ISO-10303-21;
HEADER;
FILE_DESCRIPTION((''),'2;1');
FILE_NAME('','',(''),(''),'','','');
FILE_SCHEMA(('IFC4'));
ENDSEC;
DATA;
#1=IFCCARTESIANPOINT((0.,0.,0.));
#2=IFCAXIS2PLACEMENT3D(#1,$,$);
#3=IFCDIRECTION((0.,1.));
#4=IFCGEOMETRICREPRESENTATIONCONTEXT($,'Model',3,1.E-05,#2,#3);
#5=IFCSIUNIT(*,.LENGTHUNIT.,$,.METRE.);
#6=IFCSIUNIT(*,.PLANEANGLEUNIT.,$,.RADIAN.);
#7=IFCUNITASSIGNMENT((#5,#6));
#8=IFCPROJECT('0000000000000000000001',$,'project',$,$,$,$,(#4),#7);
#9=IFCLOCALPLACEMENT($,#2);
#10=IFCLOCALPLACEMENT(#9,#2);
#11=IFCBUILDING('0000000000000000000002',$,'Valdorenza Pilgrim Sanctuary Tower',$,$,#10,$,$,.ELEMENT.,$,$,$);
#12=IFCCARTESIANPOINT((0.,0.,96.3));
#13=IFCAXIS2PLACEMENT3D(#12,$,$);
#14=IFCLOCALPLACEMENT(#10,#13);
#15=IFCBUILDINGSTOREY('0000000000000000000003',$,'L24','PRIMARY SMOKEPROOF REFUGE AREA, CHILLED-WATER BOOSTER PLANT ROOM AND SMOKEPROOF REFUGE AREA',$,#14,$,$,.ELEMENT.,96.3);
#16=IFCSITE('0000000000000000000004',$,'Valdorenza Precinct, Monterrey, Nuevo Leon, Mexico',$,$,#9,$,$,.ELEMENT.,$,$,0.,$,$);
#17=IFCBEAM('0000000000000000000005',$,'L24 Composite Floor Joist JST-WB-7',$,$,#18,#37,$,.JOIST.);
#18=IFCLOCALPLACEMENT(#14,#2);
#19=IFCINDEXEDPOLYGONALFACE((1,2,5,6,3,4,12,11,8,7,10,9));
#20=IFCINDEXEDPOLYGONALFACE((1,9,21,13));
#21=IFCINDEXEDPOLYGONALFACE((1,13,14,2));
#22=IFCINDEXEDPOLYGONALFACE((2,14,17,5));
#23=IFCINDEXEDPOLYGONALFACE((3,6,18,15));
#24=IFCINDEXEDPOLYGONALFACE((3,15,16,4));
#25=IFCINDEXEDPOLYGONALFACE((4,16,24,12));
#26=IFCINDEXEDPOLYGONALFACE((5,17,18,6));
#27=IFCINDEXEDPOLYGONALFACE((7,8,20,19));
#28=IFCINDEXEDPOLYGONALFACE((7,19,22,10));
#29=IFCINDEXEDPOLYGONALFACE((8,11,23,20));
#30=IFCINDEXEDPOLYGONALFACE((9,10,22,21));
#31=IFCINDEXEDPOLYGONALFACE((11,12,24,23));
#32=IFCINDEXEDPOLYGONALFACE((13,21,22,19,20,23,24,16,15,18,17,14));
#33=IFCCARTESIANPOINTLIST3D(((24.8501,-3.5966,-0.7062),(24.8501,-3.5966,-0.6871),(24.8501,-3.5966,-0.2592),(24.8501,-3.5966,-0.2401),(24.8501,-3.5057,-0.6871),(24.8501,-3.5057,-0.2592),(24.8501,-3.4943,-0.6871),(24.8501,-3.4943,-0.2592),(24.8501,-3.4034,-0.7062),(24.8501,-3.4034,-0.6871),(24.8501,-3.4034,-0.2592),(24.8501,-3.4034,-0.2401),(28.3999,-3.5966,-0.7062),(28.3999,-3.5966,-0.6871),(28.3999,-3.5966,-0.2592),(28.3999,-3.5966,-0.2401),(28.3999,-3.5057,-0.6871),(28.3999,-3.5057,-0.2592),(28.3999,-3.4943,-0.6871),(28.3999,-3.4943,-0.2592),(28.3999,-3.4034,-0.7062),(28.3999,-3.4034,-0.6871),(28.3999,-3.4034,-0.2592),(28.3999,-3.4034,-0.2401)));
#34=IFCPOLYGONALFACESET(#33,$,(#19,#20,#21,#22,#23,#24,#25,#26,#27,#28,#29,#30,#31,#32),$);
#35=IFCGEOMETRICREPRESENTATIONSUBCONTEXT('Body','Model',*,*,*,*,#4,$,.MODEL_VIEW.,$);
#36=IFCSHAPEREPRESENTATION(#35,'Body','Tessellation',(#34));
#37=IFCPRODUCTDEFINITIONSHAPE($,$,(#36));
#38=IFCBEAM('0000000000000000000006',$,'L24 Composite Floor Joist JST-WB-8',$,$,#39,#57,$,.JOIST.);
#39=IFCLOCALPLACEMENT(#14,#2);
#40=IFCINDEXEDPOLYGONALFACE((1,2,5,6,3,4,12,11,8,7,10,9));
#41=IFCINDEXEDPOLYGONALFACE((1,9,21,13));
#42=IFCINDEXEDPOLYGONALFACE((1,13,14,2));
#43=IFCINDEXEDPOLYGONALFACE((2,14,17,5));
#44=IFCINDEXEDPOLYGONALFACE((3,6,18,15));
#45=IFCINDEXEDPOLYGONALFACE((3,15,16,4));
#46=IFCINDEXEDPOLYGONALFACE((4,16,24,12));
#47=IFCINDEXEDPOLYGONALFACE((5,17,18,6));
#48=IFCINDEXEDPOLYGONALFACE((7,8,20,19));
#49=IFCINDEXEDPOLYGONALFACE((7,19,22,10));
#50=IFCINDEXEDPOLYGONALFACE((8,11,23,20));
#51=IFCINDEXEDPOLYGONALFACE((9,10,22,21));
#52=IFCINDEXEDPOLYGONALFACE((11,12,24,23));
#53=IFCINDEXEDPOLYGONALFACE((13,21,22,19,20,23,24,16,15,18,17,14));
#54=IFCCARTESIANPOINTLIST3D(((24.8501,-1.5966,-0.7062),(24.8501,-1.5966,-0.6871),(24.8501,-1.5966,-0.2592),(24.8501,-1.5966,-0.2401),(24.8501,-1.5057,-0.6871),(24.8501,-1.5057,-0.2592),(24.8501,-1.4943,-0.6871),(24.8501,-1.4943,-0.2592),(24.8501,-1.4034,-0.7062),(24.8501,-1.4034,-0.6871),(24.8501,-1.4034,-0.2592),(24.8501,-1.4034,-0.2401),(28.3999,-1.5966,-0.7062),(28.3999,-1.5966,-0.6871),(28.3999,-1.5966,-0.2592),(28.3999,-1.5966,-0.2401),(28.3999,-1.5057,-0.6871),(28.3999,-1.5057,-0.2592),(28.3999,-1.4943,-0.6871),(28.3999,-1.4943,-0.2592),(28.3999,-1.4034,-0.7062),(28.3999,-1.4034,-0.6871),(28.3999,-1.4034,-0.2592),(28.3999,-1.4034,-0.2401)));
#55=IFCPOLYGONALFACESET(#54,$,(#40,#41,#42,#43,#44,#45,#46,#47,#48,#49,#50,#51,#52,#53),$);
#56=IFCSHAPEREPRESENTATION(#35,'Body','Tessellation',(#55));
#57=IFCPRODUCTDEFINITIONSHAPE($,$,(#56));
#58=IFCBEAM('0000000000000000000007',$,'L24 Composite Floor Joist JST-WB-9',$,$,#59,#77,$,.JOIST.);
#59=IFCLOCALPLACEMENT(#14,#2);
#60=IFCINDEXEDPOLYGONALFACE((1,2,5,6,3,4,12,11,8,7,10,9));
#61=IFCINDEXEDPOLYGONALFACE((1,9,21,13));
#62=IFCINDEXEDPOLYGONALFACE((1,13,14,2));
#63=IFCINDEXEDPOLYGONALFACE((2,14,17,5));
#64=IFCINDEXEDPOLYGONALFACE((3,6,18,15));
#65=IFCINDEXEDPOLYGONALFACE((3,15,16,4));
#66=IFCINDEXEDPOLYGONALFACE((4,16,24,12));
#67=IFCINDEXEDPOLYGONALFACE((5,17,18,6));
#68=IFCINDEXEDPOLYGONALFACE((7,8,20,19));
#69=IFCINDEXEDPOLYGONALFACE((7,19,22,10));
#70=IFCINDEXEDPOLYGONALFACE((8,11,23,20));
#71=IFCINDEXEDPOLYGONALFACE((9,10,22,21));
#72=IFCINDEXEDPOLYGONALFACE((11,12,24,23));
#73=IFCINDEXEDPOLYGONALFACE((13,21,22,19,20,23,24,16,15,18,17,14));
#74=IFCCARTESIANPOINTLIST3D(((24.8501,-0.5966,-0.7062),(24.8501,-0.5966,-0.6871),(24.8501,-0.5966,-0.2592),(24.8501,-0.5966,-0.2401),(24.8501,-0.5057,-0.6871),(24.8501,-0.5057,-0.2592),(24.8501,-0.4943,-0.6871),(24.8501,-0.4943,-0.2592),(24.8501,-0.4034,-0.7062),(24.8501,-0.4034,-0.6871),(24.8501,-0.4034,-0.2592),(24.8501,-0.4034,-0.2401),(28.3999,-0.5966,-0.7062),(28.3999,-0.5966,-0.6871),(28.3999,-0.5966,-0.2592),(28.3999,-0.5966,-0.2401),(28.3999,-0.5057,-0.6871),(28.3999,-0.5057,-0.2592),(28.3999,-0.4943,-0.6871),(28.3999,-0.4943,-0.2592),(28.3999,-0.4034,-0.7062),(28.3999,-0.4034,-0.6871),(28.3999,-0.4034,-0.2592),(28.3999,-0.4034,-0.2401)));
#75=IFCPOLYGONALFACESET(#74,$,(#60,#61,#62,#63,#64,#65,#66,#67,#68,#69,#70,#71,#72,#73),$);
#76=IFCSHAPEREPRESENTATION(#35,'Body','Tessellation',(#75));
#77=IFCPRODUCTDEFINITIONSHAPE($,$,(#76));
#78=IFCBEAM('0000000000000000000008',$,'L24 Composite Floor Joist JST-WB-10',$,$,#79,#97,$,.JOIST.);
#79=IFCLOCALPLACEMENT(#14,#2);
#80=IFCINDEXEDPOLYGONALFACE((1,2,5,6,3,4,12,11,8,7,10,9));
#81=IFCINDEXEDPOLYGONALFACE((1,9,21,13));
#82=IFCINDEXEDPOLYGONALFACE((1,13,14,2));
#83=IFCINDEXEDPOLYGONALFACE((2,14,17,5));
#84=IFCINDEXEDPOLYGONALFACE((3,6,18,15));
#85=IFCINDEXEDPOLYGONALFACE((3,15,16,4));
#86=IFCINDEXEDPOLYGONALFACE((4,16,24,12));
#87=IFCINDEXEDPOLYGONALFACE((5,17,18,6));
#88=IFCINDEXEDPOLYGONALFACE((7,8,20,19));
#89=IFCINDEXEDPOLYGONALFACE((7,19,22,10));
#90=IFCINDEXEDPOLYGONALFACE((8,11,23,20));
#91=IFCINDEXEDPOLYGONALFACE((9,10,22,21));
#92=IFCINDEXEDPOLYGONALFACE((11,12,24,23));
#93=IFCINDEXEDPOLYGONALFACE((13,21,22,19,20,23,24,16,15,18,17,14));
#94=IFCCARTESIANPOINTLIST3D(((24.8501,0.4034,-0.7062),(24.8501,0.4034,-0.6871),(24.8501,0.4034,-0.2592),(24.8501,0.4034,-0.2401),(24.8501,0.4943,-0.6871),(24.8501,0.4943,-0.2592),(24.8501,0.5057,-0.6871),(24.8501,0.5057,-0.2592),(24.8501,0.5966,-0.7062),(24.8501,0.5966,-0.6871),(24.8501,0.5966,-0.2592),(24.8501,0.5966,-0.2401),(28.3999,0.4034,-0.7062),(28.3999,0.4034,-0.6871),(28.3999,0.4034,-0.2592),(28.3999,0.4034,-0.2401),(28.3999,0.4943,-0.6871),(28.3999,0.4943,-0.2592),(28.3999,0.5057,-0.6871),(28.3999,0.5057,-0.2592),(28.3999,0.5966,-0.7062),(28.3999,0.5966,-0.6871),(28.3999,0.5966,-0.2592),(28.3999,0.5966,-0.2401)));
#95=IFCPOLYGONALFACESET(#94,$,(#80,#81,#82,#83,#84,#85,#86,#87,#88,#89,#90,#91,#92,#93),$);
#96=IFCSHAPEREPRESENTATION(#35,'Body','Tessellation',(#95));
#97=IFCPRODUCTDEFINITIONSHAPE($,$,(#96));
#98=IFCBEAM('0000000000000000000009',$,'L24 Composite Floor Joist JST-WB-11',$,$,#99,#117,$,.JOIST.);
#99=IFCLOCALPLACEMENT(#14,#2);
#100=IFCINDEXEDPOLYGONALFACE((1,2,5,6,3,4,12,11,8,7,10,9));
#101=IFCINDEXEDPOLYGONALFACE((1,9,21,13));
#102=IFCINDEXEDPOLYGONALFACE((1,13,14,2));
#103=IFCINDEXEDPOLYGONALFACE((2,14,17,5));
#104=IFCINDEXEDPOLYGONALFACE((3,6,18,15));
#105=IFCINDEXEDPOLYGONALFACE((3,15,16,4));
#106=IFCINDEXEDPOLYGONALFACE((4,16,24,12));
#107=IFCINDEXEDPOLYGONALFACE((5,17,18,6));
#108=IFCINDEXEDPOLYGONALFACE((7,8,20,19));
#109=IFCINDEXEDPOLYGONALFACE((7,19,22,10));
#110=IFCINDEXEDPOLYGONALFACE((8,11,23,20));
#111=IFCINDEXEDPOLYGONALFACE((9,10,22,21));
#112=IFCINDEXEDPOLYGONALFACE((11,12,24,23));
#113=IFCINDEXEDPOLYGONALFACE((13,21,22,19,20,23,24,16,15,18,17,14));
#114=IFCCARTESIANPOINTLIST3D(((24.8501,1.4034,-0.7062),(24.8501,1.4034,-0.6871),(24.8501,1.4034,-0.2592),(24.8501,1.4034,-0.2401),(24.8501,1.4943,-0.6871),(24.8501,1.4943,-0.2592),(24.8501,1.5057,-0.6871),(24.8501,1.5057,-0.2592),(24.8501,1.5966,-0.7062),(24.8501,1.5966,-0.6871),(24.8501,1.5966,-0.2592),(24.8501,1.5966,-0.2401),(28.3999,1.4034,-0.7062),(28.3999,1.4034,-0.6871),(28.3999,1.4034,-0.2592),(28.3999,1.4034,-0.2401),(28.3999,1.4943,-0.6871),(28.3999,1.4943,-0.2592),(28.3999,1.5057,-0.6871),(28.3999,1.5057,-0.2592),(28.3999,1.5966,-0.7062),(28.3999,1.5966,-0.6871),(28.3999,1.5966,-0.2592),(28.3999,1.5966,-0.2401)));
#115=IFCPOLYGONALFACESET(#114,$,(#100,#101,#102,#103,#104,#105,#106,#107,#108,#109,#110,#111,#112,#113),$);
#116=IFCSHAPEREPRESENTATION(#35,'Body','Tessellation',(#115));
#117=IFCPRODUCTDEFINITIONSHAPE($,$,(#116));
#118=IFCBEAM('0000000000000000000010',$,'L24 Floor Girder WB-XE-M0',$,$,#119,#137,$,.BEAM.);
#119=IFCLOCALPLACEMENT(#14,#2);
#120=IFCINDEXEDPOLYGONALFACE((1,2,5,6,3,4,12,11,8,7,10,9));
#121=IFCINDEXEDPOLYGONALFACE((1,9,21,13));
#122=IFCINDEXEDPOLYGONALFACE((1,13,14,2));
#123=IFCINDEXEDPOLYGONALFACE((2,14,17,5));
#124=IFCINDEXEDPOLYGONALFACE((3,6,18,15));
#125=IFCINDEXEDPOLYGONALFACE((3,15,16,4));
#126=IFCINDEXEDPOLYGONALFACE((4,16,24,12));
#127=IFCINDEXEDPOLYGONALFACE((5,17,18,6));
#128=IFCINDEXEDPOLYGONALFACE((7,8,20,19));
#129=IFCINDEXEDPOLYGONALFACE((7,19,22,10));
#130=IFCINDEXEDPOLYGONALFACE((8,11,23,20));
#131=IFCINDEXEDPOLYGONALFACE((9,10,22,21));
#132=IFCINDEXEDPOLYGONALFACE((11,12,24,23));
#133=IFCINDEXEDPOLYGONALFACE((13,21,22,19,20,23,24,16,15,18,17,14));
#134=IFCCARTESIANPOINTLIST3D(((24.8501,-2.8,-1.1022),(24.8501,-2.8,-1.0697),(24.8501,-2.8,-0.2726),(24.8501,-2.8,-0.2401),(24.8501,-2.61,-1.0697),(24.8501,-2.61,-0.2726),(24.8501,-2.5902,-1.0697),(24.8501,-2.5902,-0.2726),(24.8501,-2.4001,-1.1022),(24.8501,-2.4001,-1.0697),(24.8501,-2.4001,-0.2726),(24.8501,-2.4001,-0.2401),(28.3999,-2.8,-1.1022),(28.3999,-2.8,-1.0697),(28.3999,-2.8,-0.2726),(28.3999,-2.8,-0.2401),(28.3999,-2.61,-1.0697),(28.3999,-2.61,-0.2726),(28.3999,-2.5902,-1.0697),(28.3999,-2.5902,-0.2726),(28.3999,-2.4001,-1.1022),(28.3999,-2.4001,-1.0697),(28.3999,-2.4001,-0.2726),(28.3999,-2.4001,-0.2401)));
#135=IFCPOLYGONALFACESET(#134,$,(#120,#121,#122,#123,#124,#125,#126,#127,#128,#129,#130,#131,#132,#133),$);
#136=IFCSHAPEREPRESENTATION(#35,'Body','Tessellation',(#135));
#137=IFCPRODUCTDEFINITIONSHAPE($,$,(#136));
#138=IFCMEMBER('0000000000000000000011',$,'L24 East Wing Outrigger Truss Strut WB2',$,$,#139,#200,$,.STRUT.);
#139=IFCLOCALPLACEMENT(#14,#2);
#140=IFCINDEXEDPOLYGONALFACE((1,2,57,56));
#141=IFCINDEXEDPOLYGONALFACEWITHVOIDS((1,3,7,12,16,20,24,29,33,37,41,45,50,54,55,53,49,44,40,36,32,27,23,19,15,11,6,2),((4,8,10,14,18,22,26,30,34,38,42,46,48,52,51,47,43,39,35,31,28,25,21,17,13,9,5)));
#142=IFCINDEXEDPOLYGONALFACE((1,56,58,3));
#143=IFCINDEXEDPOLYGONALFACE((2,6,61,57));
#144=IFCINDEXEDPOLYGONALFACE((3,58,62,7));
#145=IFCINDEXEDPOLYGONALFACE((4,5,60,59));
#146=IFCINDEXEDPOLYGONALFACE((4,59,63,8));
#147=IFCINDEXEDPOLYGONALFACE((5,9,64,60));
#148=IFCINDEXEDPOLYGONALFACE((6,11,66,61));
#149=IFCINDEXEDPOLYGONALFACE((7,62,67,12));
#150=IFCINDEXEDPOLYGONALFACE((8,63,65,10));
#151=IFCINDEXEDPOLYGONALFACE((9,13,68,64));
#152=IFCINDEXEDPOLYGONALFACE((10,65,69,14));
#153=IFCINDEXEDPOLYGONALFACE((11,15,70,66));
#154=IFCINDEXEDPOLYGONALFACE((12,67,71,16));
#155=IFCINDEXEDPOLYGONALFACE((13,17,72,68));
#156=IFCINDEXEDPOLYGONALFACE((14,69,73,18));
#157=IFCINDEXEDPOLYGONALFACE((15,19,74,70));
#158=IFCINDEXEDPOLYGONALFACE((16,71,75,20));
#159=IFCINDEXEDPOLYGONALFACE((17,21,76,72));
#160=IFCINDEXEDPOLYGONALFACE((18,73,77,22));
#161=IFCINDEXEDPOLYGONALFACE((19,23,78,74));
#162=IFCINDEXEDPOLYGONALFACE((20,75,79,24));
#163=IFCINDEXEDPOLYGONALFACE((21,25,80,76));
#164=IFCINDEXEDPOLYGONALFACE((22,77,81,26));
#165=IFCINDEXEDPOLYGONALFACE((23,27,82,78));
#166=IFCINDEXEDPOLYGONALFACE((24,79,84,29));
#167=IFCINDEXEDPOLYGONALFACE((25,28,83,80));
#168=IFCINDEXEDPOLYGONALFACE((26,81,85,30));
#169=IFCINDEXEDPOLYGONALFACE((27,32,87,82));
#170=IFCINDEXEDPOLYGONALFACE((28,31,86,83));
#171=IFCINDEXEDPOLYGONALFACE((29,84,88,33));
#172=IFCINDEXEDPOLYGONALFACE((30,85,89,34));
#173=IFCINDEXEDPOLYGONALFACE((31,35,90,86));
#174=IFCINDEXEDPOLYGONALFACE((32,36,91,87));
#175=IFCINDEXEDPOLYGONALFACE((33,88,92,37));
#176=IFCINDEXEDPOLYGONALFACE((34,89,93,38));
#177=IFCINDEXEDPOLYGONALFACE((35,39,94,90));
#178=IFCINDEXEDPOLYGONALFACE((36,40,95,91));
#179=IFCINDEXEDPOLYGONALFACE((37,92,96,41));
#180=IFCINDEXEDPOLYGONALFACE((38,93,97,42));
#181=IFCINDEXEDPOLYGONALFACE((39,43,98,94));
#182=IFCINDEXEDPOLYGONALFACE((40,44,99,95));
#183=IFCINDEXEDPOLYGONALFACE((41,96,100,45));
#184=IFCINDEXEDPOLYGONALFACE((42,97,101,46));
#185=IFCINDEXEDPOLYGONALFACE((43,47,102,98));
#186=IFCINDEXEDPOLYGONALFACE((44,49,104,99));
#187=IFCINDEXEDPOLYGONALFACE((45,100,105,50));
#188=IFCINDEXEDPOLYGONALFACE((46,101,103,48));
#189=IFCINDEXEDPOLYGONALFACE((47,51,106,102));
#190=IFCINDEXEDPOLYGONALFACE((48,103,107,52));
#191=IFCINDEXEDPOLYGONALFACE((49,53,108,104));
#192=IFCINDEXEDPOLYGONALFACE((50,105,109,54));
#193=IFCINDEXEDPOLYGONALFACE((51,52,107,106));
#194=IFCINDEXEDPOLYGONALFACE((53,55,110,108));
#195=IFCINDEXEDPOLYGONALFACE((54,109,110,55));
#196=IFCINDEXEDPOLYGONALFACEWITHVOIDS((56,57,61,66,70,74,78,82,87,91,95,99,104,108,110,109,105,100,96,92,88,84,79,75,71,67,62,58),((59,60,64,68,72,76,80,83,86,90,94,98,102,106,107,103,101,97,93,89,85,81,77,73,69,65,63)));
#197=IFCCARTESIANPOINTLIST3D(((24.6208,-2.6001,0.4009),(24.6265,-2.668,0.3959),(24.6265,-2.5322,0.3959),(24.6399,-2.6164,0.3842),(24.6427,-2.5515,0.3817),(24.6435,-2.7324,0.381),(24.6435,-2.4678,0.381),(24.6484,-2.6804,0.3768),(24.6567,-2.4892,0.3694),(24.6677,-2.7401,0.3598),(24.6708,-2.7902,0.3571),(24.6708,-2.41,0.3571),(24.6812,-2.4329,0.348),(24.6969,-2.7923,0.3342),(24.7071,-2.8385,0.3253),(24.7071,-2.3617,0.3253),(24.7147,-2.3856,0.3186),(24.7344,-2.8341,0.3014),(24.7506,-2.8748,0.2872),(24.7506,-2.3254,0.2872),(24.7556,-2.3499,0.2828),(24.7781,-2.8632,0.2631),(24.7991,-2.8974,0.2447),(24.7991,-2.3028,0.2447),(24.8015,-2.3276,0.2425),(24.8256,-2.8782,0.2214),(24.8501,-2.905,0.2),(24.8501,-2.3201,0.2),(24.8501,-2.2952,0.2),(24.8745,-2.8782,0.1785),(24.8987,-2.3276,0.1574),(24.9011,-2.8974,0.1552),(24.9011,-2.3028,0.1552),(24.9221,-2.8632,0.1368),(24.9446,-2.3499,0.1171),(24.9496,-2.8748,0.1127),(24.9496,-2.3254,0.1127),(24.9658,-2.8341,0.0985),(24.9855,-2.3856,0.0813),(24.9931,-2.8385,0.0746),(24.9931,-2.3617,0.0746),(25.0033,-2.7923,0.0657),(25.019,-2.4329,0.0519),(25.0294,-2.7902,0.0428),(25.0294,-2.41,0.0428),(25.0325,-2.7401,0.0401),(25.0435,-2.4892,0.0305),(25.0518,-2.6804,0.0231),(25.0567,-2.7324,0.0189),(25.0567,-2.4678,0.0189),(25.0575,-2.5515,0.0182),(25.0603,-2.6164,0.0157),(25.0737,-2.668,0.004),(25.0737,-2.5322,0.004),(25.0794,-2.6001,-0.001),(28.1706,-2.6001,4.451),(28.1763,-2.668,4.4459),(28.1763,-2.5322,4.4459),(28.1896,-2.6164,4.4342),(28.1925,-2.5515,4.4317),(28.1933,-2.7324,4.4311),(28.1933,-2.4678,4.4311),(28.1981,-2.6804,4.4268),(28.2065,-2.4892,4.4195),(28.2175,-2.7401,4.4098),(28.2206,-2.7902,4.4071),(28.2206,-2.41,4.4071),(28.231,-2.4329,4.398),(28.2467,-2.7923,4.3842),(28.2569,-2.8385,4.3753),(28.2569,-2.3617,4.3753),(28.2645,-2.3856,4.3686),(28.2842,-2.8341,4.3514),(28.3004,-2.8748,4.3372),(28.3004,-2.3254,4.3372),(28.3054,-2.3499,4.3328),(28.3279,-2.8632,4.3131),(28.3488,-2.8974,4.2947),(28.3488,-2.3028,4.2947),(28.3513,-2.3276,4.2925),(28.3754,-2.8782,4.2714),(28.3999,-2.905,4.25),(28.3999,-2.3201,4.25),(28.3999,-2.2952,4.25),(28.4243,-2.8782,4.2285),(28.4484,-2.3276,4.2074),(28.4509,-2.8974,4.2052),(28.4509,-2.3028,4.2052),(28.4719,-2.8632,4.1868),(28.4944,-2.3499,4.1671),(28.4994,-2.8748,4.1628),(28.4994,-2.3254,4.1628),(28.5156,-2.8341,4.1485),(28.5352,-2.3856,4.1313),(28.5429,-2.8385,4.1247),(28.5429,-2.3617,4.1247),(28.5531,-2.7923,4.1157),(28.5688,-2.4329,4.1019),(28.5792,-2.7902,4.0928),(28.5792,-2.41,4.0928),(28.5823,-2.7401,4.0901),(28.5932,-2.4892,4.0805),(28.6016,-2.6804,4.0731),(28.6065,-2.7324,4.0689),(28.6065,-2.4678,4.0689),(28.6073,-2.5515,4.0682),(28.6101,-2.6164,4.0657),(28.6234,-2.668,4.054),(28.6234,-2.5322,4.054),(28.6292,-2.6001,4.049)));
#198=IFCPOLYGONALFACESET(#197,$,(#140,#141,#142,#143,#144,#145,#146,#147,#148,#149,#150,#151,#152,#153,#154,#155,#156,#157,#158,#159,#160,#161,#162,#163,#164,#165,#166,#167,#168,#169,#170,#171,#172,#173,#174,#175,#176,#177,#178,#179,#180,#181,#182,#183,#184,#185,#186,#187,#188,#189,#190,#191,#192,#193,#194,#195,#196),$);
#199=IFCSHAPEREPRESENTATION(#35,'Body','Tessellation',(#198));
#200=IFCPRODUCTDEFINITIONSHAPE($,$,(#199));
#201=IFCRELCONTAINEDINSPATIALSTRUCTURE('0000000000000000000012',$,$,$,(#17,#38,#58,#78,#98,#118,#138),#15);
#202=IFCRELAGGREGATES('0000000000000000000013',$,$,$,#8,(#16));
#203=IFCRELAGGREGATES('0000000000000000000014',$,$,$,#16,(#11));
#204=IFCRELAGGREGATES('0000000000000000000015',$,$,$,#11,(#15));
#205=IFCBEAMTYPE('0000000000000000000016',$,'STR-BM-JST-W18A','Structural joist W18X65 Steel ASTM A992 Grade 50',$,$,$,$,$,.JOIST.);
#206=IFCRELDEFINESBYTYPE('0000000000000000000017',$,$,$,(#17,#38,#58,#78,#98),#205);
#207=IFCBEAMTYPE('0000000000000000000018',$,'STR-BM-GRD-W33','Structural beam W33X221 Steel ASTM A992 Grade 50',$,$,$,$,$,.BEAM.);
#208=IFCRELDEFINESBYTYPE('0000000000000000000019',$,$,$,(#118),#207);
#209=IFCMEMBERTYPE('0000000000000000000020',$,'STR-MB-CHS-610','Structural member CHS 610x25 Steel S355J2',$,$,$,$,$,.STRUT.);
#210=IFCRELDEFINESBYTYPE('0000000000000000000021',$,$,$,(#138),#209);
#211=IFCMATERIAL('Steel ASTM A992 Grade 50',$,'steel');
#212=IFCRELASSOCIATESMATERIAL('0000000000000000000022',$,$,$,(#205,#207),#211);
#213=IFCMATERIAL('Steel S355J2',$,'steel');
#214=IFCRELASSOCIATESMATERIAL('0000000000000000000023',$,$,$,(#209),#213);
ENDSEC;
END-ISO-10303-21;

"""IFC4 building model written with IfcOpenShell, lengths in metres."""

from ifc_helpers import new_model, si_unit, direction, frame, origin, origin_2d, place, context, subcontext, project, spatial, hollow_circle, i_section, extrude, source, transform, mapped, material, material_profile, profile_set, type_object, element, save


model = new_model("IFC4")

# Units and contexts
model_context = context("Model", 3, precision=1e-05, world=origin(), true_north=direction((0.0, 1.0)))
body_context = subcontext(model_context, "Body", "Model", "MODEL_VIEW")
ifc_project = project(units=[si_unit("LENGTHUNIT", "METRE"), si_unit("PLANEANGLEUNIT", "RADIAN")], contexts=[model_context])

# Site, building, storey
site_placement = place(None, origin())
site = spatial("IfcSite", under=ifc_project, at=site_placement, Name="Valdorenza Precinct, Monterrey, Nuevo Leon, Mexico", CompositionType="ELEMENT", RefElevation=0.0)
building_placement = place(site_placement, origin())
building = spatial("IfcBuilding", under=site, at=building_placement, Name="Valdorenza Pilgrim Sanctuary Tower", CompositionType="ELEMENT")
storey_placement = place(building_placement, frame((0.0, 0.0, 96.3)))
storey = spatial("IfcBuildingStorey", under=building, at=storey_placement, Name="L24", Description="PRIMARY SMOKEPROOF REFUGE AREA, CHILLED-WATER BOOSTER PLANT ROOM AND SMOKEPROOF REFUGE AREA", CompositionType="ELEMENT", Elevation=96.3)

# Beams
ifc_material_1 = material(Name="Steel ASTM A992 Grade 50", Category="steel")
ifc_material_profile_1 = material_profile(ifc_material_1, i_section(OverallWidth=0.1931, OverallDepth=0.4661, WebThickness=0.0115, FlangeThickness=0.019, at=origin_2d()), Name="W18X65")
ifc_profile_set_1 = profile_set([ifc_material_profile_1], Name="Steel ASTM A992 Grade 50")
beam_type_1 = type_object("IfcBeamType", Name="STR-BM-JST-W18A", Description="Structural joist W18X65 Steel ASTM A992 Grade 50", PredefinedType="JOIST", material=ifc_profile_set_1)
shared_shape_1 = source(origin(), body_context, "Body", "SweptSolid", [
    extrude(i_section(OverallWidth=0.1931, OverallDepth=0.4661, WebThickness=0.0115, FlangeThickness=0.019, at=origin_2d()), origin(), (0.0, 0.0, 1.0), 3.5498),
])
for number, where, z_axis, x_axis, name in (
    (1, (24.8501, -3.5, -0.4731), (1.0, 0.0, 0.0), (0.0, 1.0, 0.0), "L24 Composite Floor Joist JST-WB-7"),
    (2, (24.8501, -1.5, -0.4731), (1.0, 0.0, 0.0), (0.0, 1.0, 0.0), "L24 Composite Floor Joist JST-WB-8"),
    (3, (24.8501, -0.5, -0.4731), (1.0, 0.0, 0.0), (0.0, 1.0, 0.0), "L24 Composite Floor Joist JST-WB-9"),
    (4, (24.8501, 0.5, -0.4731), (1.0, 0.0, 0.0), (0.0, 1.0, 0.0), "L24 Composite Floor Joist JST-WB-10"),
    (5, (24.8501, 1.5, -0.4731), (1.0, 0.0, 0.0), (0.0, 1.0, 0.0), "L24 Composite Floor Joist JST-WB-11"),
):
    element("IfcBeam", number, at=place(storey_placement, frame(where, z_axis=z_axis, x_axis=x_axis)), inside=storey, type_object=beam_type_1, Name=name, PredefinedType="JOIST", context=body_context, shape_type="MappedRepresentation", body=[
        mapped(shared_shape_1, transform((0.0, 0.0, 0.0), x_axis=(1.0, 0.0, 0.0), y_axis=(0.0, 1.0, 0.0), z_axis=(0.0, 0.0, 1.0), scale=1.0)),
    ])
ifc_material_profile_2 = material_profile(ifc_material_1, i_section(OverallWidth=0.3999, OverallDepth=0.8621, WebThickness=0.0198, FlangeThickness=0.0325, at=origin_2d()), Name="W33X221")
ifc_profile_set_2 = profile_set([ifc_material_profile_2], Name="Steel ASTM A992 Grade 50")
beam_type_2 = type_object("IfcBeamType", Name="STR-BM-GRD-W33", Description="Structural beam W33X221 Steel ASTM A992 Grade 50", PredefinedType="BEAM", material=ifc_profile_set_2)
shared_shape_2 = source(origin(), body_context, "Body", "SweptSolid", [
    extrude(i_section(OverallWidth=0.3999, OverallDepth=0.8621, WebThickness=0.0198, FlangeThickness=0.0325, at=origin_2d()), origin(), (0.0, 0.0, 1.0), 3.5498),
])
beam_1_placement = place(storey_placement, frame((24.8501, -2.6001, -0.6711), z_axis=(1.0, 0.0, 0.0), x_axis=(0.0, 1.0, 0.0)))
element("IfcBeam", 6, at=beam_1_placement, inside=storey, type_object=beam_type_2, Name="L24 Floor Girder WB-XE-M0", PredefinedType="BEAM", context=body_context, shape_type="MappedRepresentation", body=[
    mapped(shared_shape_2, transform((0.0, 0.0, 0.0), x_axis=(1.0, 0.0, 0.0), y_axis=(0.0, 1.0, 0.0), z_axis=(0.0, 0.0, 1.0), scale=1.0)),
])

# Member
ifc_material_2 = material(Name="Steel S355J2", Category="steel")
ifc_material_profile_3 = material_profile(ifc_material_2, hollow_circle(Radius=0.3049, WallThickness=0.0249, at=origin_2d()), Name="CHS 610x25")
ifc_profile_set_3 = profile_set([ifc_material_profile_3], Name="Steel S355J2")
member_type_1 = type_object("IfcMemberType", Name="STR-MB-CHS-610", Description="Structural member CHS 610x25 Steel S355J2", PredefinedType="STRUT", material=ifc_profile_set_3)
shared_shape_3 = source(origin(), body_context, "Body", "SweptSolid", [
    extrude(hollow_circle(Radius=0.3049, WallThickness=0.0249, at=origin_2d()), origin(), (0.0, 0.0, 1.0), 5.3855),
])
member_1_placement = place(storey_placement, frame((24.8501, -2.6001, 0.2), z_axis=(0.659137, 0.0, 0.752023), x_axis=(0.0, 1.0, 0.0)))
element("IfcMember", 7, at=member_1_placement, inside=storey, type_object=member_type_1, Name="L24 East Wing Outrigger Truss Strut WB2", PredefinedType="STRUT", context=body_context, shape_type="MappedRepresentation", body=[
    mapped(shared_shape_3, transform((0.0, 0.0, 0.0), x_axis=(1.0, 0.0, 0.0), y_axis=(0.0, 1.0, 0.0), z_axis=(0.0, 0.0, 1.0), scale=1.0)),
])

save(model, "model.ifc")
